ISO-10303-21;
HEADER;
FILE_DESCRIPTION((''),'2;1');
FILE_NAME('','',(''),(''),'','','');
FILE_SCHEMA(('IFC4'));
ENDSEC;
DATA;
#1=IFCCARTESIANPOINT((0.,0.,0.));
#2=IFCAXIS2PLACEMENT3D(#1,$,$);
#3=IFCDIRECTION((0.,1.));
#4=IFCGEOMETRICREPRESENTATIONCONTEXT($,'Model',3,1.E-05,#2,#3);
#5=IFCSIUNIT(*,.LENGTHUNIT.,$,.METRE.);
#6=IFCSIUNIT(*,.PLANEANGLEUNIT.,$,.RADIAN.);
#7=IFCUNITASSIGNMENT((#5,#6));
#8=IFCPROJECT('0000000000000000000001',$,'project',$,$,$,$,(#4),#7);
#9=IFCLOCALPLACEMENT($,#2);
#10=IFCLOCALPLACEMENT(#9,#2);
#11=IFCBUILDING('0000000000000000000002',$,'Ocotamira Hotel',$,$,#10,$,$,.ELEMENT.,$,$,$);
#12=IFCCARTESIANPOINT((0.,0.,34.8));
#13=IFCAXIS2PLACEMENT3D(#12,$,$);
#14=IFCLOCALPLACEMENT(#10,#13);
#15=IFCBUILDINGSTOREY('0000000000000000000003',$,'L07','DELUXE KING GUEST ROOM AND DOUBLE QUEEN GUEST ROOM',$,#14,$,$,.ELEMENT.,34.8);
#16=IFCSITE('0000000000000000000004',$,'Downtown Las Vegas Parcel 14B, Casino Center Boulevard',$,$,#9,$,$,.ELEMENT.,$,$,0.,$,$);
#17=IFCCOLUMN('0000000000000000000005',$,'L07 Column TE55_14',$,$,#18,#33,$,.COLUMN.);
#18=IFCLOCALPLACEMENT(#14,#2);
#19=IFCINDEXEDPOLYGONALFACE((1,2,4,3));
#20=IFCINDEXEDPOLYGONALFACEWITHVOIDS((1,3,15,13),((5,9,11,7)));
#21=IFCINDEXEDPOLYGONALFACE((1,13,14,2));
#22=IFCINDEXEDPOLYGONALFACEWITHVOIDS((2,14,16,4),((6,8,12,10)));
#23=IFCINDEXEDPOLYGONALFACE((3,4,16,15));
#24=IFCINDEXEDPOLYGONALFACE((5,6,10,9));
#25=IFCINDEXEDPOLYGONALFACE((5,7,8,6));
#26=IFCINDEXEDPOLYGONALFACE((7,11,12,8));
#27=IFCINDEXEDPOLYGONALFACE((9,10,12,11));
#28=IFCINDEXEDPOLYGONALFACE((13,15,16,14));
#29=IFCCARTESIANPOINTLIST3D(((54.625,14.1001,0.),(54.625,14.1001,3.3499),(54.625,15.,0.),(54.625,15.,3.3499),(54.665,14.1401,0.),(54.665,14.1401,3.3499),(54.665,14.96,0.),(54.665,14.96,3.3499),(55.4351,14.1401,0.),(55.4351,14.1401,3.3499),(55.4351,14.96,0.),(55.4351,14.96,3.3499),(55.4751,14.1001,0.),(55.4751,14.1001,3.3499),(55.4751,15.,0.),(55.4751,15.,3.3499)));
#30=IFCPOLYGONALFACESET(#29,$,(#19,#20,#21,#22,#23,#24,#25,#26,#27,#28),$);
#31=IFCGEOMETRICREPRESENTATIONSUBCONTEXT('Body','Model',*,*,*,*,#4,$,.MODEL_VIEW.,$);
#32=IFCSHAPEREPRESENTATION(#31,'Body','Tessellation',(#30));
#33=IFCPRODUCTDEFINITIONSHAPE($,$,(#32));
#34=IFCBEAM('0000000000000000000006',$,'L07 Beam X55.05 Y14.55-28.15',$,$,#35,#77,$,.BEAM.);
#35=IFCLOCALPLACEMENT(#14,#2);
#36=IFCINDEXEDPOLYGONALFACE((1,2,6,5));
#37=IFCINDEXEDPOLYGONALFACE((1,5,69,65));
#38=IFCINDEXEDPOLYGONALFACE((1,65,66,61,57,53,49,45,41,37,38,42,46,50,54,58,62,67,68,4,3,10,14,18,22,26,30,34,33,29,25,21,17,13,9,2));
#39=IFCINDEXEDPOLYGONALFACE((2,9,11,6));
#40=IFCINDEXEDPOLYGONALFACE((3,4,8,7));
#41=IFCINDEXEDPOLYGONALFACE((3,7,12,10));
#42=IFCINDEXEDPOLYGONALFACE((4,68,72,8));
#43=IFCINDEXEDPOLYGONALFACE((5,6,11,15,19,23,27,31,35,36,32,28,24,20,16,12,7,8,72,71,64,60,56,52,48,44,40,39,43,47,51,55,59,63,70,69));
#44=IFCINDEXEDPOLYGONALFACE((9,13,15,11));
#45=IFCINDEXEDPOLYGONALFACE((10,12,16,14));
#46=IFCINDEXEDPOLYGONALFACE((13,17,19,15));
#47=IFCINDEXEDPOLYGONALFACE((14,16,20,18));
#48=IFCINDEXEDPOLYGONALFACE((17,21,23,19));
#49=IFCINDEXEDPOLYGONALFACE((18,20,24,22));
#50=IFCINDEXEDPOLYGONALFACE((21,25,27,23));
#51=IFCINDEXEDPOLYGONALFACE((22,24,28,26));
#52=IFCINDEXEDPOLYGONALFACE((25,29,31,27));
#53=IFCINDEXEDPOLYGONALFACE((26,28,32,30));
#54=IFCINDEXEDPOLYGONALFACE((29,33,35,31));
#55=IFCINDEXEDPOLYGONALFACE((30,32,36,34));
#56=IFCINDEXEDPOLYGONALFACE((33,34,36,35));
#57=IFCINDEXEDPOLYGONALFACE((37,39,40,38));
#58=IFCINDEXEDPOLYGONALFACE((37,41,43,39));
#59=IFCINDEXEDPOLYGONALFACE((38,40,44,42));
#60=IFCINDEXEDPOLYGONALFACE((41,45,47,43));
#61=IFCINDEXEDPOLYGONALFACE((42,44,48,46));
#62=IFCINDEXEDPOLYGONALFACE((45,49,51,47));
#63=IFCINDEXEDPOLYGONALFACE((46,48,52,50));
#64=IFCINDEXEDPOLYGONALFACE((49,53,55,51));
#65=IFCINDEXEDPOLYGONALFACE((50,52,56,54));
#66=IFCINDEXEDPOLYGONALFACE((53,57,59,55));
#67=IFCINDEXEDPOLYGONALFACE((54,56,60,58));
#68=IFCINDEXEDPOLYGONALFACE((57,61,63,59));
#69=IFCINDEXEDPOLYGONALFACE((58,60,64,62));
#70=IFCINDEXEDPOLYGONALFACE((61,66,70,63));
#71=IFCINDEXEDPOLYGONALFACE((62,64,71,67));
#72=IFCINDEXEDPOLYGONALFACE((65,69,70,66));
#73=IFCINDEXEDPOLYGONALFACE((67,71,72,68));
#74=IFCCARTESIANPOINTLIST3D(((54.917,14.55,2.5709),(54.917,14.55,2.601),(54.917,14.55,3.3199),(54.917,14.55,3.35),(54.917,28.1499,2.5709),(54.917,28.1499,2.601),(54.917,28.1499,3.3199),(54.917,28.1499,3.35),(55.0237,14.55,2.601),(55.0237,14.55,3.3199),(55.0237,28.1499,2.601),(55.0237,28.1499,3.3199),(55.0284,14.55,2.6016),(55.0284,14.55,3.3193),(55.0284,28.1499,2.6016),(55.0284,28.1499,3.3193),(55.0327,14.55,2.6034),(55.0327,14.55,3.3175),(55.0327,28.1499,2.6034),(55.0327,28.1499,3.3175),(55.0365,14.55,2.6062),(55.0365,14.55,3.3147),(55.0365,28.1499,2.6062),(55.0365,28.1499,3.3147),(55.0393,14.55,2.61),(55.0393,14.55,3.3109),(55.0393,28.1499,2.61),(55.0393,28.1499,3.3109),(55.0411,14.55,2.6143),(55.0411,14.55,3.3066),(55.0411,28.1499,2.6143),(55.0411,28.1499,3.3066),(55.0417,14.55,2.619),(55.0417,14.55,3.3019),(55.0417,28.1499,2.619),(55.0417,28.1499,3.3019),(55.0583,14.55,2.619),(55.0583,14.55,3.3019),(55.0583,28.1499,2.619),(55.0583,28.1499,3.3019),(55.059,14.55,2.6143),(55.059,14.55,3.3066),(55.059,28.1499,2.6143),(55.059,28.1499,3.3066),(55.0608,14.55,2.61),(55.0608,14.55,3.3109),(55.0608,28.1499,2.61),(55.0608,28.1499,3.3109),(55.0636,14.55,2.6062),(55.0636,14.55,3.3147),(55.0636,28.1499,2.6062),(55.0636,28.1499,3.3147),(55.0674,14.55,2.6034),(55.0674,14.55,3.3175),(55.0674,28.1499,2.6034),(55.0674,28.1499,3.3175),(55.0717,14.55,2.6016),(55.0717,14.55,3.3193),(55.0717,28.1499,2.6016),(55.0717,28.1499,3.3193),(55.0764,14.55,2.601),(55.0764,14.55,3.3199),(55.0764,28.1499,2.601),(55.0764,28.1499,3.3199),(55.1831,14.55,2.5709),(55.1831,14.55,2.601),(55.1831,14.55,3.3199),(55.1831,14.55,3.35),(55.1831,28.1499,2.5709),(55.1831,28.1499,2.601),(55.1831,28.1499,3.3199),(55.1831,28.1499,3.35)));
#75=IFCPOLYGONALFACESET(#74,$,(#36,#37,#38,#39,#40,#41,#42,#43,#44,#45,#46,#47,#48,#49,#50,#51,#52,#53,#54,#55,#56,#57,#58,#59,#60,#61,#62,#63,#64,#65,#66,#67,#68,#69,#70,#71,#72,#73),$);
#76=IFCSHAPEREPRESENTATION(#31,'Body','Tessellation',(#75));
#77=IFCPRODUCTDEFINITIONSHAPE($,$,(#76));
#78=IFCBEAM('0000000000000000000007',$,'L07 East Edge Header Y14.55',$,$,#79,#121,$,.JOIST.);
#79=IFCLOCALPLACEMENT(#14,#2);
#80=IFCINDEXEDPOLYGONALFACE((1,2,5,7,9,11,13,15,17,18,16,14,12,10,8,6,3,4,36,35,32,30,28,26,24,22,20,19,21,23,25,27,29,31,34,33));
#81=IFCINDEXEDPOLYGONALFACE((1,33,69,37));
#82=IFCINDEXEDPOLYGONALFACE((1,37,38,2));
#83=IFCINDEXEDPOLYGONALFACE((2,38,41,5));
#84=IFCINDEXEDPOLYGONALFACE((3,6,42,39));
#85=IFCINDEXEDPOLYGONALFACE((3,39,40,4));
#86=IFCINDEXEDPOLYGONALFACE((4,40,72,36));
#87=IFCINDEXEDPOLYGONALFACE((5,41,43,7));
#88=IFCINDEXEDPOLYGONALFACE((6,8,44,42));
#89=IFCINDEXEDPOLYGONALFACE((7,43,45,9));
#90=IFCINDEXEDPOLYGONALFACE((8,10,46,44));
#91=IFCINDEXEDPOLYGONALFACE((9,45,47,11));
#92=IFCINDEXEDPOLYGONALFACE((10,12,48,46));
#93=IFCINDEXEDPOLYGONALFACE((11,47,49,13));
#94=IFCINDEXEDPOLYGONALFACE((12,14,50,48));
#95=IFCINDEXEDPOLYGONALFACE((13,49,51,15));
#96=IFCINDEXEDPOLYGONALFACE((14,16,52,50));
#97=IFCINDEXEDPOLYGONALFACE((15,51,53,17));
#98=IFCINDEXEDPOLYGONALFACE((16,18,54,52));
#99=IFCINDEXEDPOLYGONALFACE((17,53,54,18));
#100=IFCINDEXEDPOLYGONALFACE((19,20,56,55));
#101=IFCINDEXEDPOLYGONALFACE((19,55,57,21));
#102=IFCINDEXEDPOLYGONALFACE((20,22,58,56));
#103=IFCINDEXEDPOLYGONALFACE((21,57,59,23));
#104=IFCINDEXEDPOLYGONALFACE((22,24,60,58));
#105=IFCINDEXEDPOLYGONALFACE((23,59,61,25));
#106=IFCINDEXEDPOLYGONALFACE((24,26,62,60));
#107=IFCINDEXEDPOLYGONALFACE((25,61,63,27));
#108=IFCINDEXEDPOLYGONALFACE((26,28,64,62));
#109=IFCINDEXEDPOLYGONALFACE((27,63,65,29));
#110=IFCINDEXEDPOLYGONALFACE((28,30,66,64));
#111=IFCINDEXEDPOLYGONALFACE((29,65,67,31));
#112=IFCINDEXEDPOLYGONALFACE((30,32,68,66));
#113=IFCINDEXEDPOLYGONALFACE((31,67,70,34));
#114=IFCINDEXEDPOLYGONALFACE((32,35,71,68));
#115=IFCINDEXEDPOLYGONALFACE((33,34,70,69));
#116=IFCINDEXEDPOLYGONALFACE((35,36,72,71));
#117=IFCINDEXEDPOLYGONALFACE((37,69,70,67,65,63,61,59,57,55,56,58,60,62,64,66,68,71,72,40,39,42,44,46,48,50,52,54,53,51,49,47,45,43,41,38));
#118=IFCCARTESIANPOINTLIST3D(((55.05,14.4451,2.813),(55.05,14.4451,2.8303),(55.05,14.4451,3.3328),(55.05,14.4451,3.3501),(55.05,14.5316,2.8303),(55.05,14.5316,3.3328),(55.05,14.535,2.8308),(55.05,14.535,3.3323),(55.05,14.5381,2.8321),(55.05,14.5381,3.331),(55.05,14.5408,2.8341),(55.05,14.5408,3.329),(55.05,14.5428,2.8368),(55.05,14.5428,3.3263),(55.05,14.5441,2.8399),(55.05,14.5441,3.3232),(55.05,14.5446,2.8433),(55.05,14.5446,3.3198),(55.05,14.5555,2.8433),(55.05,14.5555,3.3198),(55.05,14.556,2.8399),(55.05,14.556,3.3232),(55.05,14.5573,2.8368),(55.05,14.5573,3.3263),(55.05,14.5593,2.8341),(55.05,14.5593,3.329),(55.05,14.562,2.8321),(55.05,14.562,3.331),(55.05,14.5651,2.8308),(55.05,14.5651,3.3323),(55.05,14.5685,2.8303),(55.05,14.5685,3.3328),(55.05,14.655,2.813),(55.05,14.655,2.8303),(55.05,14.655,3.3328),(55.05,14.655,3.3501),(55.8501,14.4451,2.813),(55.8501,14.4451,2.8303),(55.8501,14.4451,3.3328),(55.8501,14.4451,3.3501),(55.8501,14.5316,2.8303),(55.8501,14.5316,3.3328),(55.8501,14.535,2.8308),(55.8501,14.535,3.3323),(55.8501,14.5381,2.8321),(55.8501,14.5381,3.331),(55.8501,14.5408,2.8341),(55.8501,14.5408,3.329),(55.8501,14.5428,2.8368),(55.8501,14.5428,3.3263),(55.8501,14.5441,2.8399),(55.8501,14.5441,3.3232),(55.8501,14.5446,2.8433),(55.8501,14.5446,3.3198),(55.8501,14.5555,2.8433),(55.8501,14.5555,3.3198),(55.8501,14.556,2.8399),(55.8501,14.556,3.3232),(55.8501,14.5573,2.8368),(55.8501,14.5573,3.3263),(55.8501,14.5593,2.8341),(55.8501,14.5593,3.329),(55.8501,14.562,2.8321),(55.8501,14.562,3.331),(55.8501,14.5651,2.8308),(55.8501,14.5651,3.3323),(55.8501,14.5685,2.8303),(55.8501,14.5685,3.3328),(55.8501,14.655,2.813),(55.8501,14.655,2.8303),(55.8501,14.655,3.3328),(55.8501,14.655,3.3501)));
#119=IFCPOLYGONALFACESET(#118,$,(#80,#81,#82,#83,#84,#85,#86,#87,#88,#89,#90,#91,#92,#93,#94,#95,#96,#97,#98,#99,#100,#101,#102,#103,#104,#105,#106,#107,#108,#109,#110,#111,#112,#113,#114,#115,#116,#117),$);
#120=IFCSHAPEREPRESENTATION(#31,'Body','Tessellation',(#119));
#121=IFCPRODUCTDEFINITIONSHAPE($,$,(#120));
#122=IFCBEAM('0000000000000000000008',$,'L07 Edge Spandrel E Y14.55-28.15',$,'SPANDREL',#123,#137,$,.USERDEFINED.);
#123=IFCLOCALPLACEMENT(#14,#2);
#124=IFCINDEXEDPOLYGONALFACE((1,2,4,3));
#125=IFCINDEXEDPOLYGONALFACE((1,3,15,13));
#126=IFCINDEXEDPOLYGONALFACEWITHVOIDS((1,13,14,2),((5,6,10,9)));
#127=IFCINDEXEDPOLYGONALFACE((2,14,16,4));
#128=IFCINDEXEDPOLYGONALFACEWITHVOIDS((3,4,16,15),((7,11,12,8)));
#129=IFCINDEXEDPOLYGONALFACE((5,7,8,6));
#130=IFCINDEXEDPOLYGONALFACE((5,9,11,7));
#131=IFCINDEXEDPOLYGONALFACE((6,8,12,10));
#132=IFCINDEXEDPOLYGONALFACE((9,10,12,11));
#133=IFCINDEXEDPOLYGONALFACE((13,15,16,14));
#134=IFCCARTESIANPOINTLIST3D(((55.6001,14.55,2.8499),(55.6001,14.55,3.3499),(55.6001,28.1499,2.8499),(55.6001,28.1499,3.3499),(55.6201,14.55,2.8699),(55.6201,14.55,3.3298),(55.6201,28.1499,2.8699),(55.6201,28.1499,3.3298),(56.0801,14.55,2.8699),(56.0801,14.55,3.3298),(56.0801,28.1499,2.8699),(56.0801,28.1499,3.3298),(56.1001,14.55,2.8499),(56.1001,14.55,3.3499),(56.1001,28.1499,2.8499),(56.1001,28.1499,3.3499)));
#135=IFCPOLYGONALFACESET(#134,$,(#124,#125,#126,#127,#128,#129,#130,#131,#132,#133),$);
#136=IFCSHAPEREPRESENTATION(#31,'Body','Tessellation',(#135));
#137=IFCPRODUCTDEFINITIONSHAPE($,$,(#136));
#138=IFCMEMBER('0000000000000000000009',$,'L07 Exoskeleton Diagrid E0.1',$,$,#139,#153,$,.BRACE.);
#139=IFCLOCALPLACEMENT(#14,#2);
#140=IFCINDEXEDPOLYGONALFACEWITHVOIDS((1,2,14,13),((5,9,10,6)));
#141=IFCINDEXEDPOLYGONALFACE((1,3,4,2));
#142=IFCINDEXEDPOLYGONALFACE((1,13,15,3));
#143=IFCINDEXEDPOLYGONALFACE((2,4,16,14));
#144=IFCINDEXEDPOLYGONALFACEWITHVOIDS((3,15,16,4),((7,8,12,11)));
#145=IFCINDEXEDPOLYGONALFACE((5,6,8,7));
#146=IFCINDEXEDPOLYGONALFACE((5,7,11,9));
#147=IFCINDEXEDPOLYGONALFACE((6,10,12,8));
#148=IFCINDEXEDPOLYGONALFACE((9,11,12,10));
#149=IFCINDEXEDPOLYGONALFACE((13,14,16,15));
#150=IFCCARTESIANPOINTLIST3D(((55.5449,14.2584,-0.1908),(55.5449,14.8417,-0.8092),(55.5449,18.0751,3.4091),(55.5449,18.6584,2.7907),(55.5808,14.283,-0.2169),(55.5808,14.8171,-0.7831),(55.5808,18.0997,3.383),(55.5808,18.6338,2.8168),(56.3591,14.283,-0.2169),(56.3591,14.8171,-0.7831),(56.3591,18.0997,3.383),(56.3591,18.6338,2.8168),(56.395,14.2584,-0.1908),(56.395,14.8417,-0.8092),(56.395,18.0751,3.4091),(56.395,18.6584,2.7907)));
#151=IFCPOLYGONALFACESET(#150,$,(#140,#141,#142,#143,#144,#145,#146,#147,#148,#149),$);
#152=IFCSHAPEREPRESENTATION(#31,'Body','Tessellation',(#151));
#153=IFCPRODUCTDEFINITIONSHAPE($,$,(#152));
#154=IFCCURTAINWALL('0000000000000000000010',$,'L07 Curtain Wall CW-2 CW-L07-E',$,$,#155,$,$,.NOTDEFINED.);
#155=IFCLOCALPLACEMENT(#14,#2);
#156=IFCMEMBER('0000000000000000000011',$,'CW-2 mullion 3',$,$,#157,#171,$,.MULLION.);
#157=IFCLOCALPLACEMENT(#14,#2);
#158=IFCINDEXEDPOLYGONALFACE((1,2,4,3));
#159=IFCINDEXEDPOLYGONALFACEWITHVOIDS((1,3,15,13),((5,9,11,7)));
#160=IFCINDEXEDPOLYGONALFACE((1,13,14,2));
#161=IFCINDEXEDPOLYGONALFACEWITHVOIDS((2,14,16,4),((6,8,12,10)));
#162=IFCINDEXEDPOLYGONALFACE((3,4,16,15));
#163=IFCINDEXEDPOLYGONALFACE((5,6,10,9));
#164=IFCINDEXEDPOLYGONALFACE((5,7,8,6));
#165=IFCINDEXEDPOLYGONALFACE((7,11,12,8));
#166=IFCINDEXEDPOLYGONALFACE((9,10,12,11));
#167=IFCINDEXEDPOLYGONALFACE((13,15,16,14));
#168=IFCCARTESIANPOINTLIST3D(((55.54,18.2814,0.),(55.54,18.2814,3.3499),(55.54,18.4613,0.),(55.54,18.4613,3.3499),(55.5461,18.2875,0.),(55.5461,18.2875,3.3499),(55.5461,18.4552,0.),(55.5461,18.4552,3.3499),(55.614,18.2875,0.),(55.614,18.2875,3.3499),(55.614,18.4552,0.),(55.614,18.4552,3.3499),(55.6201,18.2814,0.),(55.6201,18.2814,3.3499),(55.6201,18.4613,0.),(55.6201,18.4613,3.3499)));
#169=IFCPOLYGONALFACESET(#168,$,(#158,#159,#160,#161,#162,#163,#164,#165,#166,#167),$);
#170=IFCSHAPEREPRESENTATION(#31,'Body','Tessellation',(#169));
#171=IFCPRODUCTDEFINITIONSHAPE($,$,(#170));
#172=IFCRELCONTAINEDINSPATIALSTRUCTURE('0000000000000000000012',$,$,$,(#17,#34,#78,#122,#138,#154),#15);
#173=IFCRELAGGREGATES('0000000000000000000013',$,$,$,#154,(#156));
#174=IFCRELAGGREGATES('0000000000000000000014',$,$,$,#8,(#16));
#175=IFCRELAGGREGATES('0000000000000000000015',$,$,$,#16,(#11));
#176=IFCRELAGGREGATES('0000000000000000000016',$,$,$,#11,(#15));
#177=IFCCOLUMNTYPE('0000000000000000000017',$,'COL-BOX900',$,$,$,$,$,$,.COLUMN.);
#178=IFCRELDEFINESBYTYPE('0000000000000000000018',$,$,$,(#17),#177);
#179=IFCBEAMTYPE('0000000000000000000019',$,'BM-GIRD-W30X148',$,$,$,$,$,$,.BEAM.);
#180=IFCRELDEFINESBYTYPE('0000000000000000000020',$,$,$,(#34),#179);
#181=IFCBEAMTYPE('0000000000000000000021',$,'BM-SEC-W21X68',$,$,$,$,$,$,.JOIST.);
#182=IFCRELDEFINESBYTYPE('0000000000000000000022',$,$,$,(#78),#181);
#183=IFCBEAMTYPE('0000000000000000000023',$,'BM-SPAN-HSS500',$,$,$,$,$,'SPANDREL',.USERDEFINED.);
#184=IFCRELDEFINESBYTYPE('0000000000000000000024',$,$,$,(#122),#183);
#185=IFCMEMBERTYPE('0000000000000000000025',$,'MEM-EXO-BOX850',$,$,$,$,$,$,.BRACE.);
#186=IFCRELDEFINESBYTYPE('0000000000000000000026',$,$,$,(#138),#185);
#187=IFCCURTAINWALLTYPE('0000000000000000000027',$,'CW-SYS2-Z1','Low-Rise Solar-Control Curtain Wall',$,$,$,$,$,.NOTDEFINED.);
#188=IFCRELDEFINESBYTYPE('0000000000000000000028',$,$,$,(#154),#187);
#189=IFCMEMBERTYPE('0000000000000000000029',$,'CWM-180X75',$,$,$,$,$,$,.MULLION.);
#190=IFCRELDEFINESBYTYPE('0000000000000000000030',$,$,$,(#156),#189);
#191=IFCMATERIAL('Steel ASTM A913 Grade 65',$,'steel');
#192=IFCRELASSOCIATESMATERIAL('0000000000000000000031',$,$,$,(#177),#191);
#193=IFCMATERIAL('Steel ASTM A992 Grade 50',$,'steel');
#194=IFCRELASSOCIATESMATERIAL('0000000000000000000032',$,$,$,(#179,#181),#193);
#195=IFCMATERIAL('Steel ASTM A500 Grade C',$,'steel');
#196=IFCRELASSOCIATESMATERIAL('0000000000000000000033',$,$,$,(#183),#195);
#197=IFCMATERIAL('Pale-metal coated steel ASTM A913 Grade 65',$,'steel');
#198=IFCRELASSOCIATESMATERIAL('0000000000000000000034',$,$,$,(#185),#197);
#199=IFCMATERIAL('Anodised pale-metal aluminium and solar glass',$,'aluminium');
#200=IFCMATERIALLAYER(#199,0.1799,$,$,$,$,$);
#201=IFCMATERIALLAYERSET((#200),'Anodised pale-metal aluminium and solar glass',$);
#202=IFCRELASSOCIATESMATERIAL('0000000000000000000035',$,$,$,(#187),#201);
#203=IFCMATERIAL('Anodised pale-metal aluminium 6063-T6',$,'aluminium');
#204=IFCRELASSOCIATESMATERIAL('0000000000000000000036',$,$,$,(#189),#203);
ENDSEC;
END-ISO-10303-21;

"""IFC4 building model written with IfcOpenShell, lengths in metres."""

from ifc_helpers import new_model, si_unit, direction, frame, origin, origin_2d, place, context, subcontext, project, spatial, hollow_rectangle, i_section, extrude, source, transform, mapped, material, layer, layer_set, material_profile, profile_set, type_object, element, aggregate, save


model = new_model("IFC4")

# Units and contexts
model_context = context("Model", 3, precision=1e-05, world=origin(), true_north=direction((0.0, 1.0)))
body_context = subcontext(model_context, "Body", "Model", "MODEL_VIEW")
ifc_project = project(units=[si_unit("LENGTHUNIT", "METRE"), si_unit("PLANEANGLEUNIT", "RADIAN")], contexts=[model_context])

# Site, building, storey
site_placement = place(None, origin())
site = spatial("IfcSite", under=ifc_project, at=site_placement, Name="Downtown Las Vegas Parcel 14B, Casino Center Boulevard", CompositionType="ELEMENT", RefElevation=0.0)
building_placement = place(site_placement, origin())
building = spatial("IfcBuilding", under=site, at=building_placement, Name="Ocotamira Hotel", CompositionType="ELEMENT")
storey_placement = place(building_placement, frame((0.0, 0.0, 34.8)))
storey = spatial("IfcBuildingStorey", under=building, at=storey_placement, Name="L07", Description="DELUXE KING GUEST ROOM AND DOUBLE QUEEN GUEST ROOM", CompositionType="ELEMENT", Elevation=34.8)

# Column
ifc_material_1 = material(Name="Steel ASTM A913 Grade 65", Category="steel")
ifc_material_profile_1 = material_profile(ifc_material_1, hollow_rectangle(XDim=0.8501, YDim=0.8999, WallThickness=0.04, at=origin_2d()), Name="BOX900X850X40")
ifc_profile_set_1 = profile_set([ifc_material_profile_1], Name="Steel ASTM A913 Grade 65")
column_type = type_object("IfcColumnType", Name="COL-BOX900", PredefinedType="COLUMN", material=ifc_profile_set_1)
shared_shape_1 = source(origin(), body_context, "Body", "SweptSolid", [
    extrude(hollow_rectangle(XDim=0.8501, YDim=0.8999, WallThickness=0.04, at=origin_2d()), origin(), (0.0, 0.0, 1.0), 3.3499),
])
column_placement = place(storey_placement, frame((55.05, 14.55, 0.0), z_axis=(0.0, 0.0, 1.0), x_axis=(1.0, 0.0, 0.0)))
element("IfcColumn", 1, at=column_placement, inside=storey, type_object=column_type, Name="L07 Column TE55_14", PredefinedType="COLUMN", context=body_context, shape_type="MappedRepresentation", body=[
    mapped(shared_shape_1, transform((0.0, 0.0, 0.0), scale=1.0)),
])

# Beams
ifc_material_2 = material(Name="Steel ASTM A992 Grade 50", Category="steel")
ifc_material_profile_2 = material_profile(ifc_material_2, i_section(OverallWidth=0.2661, OverallDepth=0.7791, WebThickness=0.0166, FlangeThickness=0.03, FilletRadius=0.0181, at=origin_2d()), Name="W30X148")
ifc_profile_set_2 = profile_set([ifc_material_profile_2], Name="Steel ASTM A992 Grade 50")
beam_type_1 = type_object("IfcBeamType", Name="BM-GIRD-W30X148", PredefinedType="BEAM", material=ifc_profile_set_2)
shared_shape_2 = source(origin(), body_context, "Body", "SweptSolid", [
    extrude(i_section(OverallWidth=0.2661, OverallDepth=0.7791, WebThickness=0.0166, FlangeThickness=0.03, FilletRadius=0.0181, at=origin_2d()), origin(), (0.0, 0.0, 1.0), 13.5999),
])
beam_1_placement = place(storey_placement, frame((55.05, 14.55, 2.9604), z_axis=(0.0, 1.0, 0.0), x_axis=(-1.0, 0.0, 0.0)))
element("IfcBeam", 2, at=beam_1_placement, inside=storey, type_object=beam_type_1, Name="L07 Beam X55.05 Y14.55-28.15", PredefinedType="BEAM", context=body_context, shape_type="MappedRepresentation", body=[
    mapped(shared_shape_2, transform((0.0, 0.0, 0.0), scale=1.0)),
])
ifc_material_profile_3 = material_profile(ifc_material_2, i_section(OverallWidth=0.21, OverallDepth=0.5371, WebThickness=0.011, FlangeThickness=0.0173, FilletRadius=0.0129, at=origin_2d()), Name="W21X68")
ifc_profile_set_3 = profile_set([ifc_material_profile_3], Name="Steel ASTM A992 Grade 50")
beam_type_2 = type_object("IfcBeamType", Name="BM-SEC-W21X68", PredefinedType="JOIST", material=ifc_profile_set_3)
shared_shape_3 = source(origin(), body_context, "Body", "SweptSolid", [
    extrude(i_section(OverallWidth=0.21, OverallDepth=0.5371, WebThickness=0.011, FlangeThickness=0.0173, FilletRadius=0.0129, at=origin_2d()), origin(), (0.0, 0.0, 1.0), 0.8),
])
beam_2_placement = place(storey_placement, frame((55.05, 14.55, 3.0815), z_axis=(1.0, 0.0, 0.0), x_axis=(0.0, 1.0, 0.0)))
element("IfcBeam", 3, at=beam_2_placement, inside=storey, type_object=beam_type_2, Name="L07 East Edge Header Y14.55", PredefinedType="JOIST", context=body_context, shape_type="MappedRepresentation", body=[
    mapped(shared_shape_3, transform((0.0, 0.0, 0.0), scale=1.0)),
])
ifc_material_3 = material(Name="Steel ASTM A500 Grade C", Category="steel")
ifc_material_profile_4 = material_profile(ifc_material_3, hollow_rectangle(XDim=0.5, YDim=0.5, WallThickness=0.02, at=origin_2d()), Name="HSS500X500X20")
ifc_profile_set_4 = profile_set([ifc_material_profile_4], Name="Steel ASTM A500 Grade C")
beam_type_3 = type_object("IfcBeamType", Name="BM-SPAN-HSS500", ElementType="SPANDREL", PredefinedType="USERDEFINED", material=ifc_profile_set_4)
shared_shape_4 = source(origin(), body_context, "Body", "SweptSolid", [
    extrude(hollow_rectangle(XDim=0.5, YDim=0.5, WallThickness=0.02, at=origin_2d()), origin(), (0.0, 0.0, 1.0), 13.5999),
])
beam_3_placement = place(storey_placement, frame((55.8501, 14.55, 3.0999), z_axis=(0.0, 1.0, 0.0), x_axis=(-1.0, 0.0, 0.0)))
element("IfcBeam", 4, at=beam_3_placement, inside=storey, type_object=beam_type_3, Name="L07 Edge Spandrel E Y14.55-28.15", ObjectType="SPANDREL", PredefinedType="USERDEFINED", context=body_context, shape_type="MappedRepresentation", body=[
    mapped(shared_shape_4, transform((0.0, 0.0, 0.0), scale=1.0)),
])

# Member
ifc_material_4 = material(Name="Pale-metal coated steel ASTM A913 Grade 65", Category="steel")
ifc_material_profile_5 = material_profile(ifc_material_4, hollow_rectangle(XDim=0.8501, YDim=0.8501, WallThickness=0.0359, at=origin_2d()), Name="BOX850X850X36")
ifc_profile_set_5 = profile_set([ifc_material_profile_5], Name="Pale-metal coated steel ASTM A913 Grade 65")
member_type_1 = type_object("IfcMemberType", Name="MEM-EXO-BOX850", PredefinedType="BRACE", material=ifc_profile_set_5)
shared_shape_5 = source(origin(), body_context, "Body", "SweptSolid", [
    extrude(hollow_rectangle(XDim=0.8501, YDim=0.8501, WallThickness=0.0359, at=origin_2d()), origin(), (0.0, 0.0, 1.0), 5.2466),
])
member_1_placement = place(storey_placement, frame((55.97, 14.55, -0.5), z_axis=(0.0, 0.727466, 0.686144), x_axis=(-1.0, 0.0, 0.0)))
element("IfcMember", 5, at=member_1_placement, inside=storey, type_object=member_type_1, Name="L07 Exoskeleton Diagrid E0.1", PredefinedType="BRACE", context=body_context, shape_type="MappedRepresentation", body=[
    mapped(shared_shape_5, transform((0.0, 0.0, 0.0), scale=1.0)),
])

# Curtain wall, member
ifc_material_5 = material(Name="Anodised pale-metal aluminium and solar glass", Category="aluminium")
ifc_layer_1 = layer(ifc_material_5, 0.1799)
ifc_layer_set_1 = layer_set([ifc_layer_1], Name="Anodised pale-metal aluminium and solar glass")
curtain_wall_type = type_object("IfcCurtainWallType", Name="CW-SYS2-Z1", Description="Low-Rise Solar-Control Curtain Wall", PredefinedType="NOTDEFINED", material=ifc_layer_set_1)
curtain_wall_placement = place(storey_placement, origin())
curtain_wall = element("IfcCurtainWall", 6, at=curtain_wall_placement, inside=storey, type_object=curtain_wall_type, Name="L07 Curtain Wall CW-2 CW-L07-E", PredefinedType="NOTDEFINED")
ifc_material_6 = material(Name="Anodised pale-metal aluminium 6063-T6", Category="aluminium")
ifc_material_profile_6 = material_profile(ifc_material_6, hollow_rectangle(XDim=0.0801, YDim=0.1799, WallThickness=0.0061, at=origin_2d()), Name="HSS180X80X6")
ifc_profile_set_6 = profile_set([ifc_material_profile_6], Name="Anodised pale-metal aluminium 6063-T6")
member_type_2 = type_object("IfcMemberType", Name="CWM-180X75", PredefinedType="MULLION", material=ifc_profile_set_6)
shared_shape_6 = source(origin(), body_context, "Body", "SweptSolid", [
    extrude(hollow_rectangle(XDim=0.0801, YDim=0.1799, WallThickness=0.0061, at=origin_2d()), origin(), (0.0, 0.0, 1.0), 3.3499),
])
member_2_placement = place(storey_placement, frame((55.5801, 18.3713, 0.0), z_axis=(0.0, 0.0, 1.0), x_axis=(-1.0, 0.0, 0.0)))
member_2 = element("IfcMember", 7, at=member_2_placement, type_object=member_type_2, Name="CW-2 mullion 3", PredefinedType="MULLION", context=body_context, shape_type="MappedRepresentation", body=[
    mapped(shared_shape_6, transform((0.0, 0.0, 0.0), scale=1.0)),
])

aggregate(curtain_wall, [member_2])

save(model, "model.ifc")
